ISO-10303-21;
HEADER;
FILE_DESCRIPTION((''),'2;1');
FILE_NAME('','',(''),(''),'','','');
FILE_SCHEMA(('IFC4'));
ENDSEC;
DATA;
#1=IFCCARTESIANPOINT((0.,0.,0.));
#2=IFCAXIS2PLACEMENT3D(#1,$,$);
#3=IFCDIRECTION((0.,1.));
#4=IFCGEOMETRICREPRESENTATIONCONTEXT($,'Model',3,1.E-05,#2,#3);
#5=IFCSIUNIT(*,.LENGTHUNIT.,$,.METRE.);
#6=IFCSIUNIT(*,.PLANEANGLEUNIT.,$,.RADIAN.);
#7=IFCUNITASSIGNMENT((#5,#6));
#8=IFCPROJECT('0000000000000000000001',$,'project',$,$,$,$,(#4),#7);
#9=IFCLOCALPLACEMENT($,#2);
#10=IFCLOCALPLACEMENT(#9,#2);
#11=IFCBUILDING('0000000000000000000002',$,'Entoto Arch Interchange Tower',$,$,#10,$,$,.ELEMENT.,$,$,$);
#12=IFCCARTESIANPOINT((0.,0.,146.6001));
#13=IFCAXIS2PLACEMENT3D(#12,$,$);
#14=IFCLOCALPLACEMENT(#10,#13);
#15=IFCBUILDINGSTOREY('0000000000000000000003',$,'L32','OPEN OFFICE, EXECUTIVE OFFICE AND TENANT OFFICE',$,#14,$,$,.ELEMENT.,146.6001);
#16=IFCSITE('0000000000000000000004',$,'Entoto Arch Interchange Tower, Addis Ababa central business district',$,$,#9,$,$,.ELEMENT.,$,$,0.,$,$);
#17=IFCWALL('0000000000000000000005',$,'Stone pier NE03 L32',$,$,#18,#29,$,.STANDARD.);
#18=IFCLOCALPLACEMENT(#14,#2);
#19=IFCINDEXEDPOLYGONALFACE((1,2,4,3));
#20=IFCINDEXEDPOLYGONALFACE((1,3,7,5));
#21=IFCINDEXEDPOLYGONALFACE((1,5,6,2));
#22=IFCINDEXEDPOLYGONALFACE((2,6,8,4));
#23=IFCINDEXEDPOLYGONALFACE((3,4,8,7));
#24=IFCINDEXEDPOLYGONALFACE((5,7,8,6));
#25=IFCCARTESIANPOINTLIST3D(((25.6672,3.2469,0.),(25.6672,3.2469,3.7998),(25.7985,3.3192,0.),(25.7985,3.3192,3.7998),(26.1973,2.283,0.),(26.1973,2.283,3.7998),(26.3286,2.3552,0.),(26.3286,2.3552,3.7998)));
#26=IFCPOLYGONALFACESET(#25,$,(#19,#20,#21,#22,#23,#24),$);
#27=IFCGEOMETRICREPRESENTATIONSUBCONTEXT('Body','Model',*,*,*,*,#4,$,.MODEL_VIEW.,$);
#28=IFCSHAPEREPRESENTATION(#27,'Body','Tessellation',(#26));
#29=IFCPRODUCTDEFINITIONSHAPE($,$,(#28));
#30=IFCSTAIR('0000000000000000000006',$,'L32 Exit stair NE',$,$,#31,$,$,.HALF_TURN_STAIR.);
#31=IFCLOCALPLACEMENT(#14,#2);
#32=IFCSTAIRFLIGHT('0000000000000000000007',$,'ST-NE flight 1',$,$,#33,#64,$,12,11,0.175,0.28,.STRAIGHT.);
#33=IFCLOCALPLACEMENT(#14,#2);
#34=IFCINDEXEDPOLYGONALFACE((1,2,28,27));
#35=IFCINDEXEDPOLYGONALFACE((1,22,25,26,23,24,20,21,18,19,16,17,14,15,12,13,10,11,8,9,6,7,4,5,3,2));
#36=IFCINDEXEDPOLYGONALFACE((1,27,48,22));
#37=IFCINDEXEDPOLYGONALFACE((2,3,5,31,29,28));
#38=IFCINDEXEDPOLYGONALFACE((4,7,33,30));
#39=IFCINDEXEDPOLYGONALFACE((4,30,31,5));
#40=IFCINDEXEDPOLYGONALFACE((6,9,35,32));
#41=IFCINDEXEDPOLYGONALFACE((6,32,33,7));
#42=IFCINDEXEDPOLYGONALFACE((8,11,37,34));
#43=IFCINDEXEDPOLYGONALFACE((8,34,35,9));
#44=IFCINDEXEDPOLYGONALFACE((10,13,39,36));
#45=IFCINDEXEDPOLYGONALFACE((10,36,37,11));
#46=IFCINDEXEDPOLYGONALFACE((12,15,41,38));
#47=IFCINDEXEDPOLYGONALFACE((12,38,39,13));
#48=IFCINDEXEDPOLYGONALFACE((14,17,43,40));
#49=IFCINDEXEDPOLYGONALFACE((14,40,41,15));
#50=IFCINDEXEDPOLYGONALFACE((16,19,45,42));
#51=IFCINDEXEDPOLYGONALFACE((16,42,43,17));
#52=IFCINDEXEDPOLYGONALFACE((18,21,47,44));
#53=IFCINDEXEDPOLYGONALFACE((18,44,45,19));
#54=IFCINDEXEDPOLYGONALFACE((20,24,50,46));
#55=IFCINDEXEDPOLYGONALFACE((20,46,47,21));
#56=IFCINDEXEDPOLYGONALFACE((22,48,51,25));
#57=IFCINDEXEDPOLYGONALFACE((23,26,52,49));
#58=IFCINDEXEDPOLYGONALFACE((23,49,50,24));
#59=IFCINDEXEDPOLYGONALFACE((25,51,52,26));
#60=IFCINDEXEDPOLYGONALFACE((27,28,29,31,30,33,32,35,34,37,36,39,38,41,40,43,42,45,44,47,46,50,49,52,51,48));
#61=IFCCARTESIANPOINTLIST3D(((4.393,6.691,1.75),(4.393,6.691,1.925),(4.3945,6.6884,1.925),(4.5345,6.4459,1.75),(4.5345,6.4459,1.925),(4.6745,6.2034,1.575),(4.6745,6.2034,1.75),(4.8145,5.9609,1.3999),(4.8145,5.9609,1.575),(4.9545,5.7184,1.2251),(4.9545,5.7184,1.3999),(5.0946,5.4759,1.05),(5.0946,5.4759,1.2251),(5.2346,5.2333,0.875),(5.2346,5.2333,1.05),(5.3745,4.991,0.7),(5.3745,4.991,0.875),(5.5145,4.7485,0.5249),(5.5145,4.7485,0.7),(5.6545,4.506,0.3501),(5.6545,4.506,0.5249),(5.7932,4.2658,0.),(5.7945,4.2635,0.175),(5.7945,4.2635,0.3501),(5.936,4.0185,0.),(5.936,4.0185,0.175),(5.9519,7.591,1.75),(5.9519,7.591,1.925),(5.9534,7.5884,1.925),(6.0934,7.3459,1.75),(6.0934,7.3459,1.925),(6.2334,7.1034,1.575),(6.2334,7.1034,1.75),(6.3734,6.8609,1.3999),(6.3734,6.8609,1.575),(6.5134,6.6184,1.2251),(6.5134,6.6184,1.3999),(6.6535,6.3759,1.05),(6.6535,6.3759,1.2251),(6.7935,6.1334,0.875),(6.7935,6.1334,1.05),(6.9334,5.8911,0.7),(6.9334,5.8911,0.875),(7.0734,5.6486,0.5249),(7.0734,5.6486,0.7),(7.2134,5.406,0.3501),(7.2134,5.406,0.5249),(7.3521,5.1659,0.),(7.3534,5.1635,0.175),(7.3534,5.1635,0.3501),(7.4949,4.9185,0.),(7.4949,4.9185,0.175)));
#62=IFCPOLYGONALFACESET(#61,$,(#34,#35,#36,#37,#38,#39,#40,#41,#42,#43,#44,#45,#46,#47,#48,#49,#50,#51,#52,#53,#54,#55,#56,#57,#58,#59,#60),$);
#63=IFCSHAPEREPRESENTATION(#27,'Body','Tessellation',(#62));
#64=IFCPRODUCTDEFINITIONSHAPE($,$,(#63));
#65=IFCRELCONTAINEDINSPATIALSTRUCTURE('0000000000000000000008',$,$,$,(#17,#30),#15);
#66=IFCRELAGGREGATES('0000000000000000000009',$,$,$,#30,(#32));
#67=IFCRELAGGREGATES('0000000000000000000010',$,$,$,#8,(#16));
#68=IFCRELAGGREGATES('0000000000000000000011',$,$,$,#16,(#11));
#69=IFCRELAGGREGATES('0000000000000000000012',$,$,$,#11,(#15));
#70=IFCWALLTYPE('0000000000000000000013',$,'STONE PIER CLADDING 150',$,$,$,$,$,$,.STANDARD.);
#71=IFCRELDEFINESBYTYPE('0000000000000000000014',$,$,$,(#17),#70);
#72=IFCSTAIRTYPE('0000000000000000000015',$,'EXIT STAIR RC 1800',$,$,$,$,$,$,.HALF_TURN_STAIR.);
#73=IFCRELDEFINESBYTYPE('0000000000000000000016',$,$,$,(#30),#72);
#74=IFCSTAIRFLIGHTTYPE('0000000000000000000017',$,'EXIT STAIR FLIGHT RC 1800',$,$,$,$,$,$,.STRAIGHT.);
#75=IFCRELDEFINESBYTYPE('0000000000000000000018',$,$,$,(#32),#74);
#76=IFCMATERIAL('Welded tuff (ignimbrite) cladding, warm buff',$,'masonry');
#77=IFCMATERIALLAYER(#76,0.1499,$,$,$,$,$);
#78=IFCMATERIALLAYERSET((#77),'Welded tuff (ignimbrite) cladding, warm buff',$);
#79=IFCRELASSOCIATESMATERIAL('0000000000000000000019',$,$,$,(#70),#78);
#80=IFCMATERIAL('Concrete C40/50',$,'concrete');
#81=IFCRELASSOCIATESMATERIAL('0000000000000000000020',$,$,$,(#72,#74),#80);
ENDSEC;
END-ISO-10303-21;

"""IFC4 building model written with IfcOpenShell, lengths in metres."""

from ifc_helpers import new_model, si_unit, direction, frame, frame_2d, origin, place, context, subcontext, project, spatial, polyline, rectangle, outline, extrude, material, layer, layer_set, type_object, element, aggregate, save


model = new_model("IFC4")

# Units and contexts
model_context = context("Model", 3, precision=1e-05, world=origin(), true_north=direction((0.0, 1.0)))
body_context = subcontext(model_context, "Body", "Model", "MODEL_VIEW")
ifc_project = project(units=[si_unit("LENGTHUNIT", "METRE"), si_unit("PLANEANGLEUNIT", "RADIAN")], contexts=[model_context])

# Site, building, storey
site_placement = place(None, origin())
site = spatial("IfcSite", under=ifc_project, at=site_placement, Name="Entoto Arch Interchange Tower, Addis Ababa central business district", CompositionType="ELEMENT", RefElevation=0.0)
building_placement = place(site_placement, origin())
building = spatial("IfcBuilding", under=site, at=building_placement, Name="Entoto Arch Interchange Tower", CompositionType="ELEMENT")
storey_placement = place(building_placement, frame((0.0, 0.0, 146.6001)))
storey = spatial("IfcBuildingStorey", under=building, at=storey_placement, Name="L32", Description="OPEN OFFICE, EXECUTIVE OFFICE AND TENANT OFFICE", CompositionType="ELEMENT", Elevation=146.6001)

# Shared definitions
ifc_material_1 = material(Name="Concrete C40/50", Category="concrete")

# Shared definitions
ifc_material_2 = material(Name="Welded tuff (ignimbrite) cladding, warm buff", Category="masonry")

# Wall
ifc_layer_1 = layer(ifc_material_2, 0.1499)
ifc_layer_set_1 = layer_set([ifc_layer_1], Name="Welded tuff (ignimbrite) cladding, warm buff")
wall_type_1 = type_object("IfcWallType", Name="STONE PIER CLADDING 150", PredefinedType="STANDARD", material=ifc_layer_set_1)
wall_1_placement = place(storey_placement, frame((26.2629, 2.3191, 0.0), z_axis=(0.0, 0.0, 1.0), x_axis=(-0.481851, 0.876253, 0.0)))
element("IfcWall", 1, at=wall_1_placement, inside=storey, type_object=wall_type_1, Name="Stone pier NE03 L32", PredefinedType="STANDARD", context=body_context, shape_type="SweptSolid", body=[
    extrude(rectangle(XDim=1.1001, YDim=0.1499, at=frame_2d((0.55, 0.0))), origin(), (0.0, 0.0, 1.0), 3.7998),
])

# Stair, stair flight
stair_type = type_object("IfcStairType", Name="EXIT STAIR RC 1800", PredefinedType="HALF_TURN_STAIR", material=ifc_material_1)
stair_placement = place(storey_placement, origin())
stair = element("IfcStair", 2, at=stair_placement, inside=storey, type_object=stair_type, Name="L32 Exit stair NE", PredefinedType="HALF_TURN_STAIR")
stair_flight_type = type_object("IfcStairFlightType", Name="EXIT STAIR FLIGHT RC 1800", PredefinedType="STRAIGHT", material=ifc_material_1)
stair_flight_placement = place(storey_placement, frame((6.7139, 4.4709, 0.0), z_axis=(0.0, 0.0, 1.0), x_axis=(-0.5, 0.866025, 0.0)))
stair_flight = element("IfcStairFlight", 3, at=stair_flight_placement, type_object=stair_flight_type, Name="ST-NE flight 1", NumberOfRisers=12, NumberOfTreads=11, PredefinedType="STRAIGHT", RiserHeight=0.175, TreadLength=0.28, context=body_context, shape_type="SweptSolid", body=[
    extrude(outline(polyline([(-0.0029, 0.0), (-0.0029, 0.175), (0.28, 0.175), (0.28, 0.3501), (0.5601, 0.3501), (0.5601, 0.5249), (0.8401, 0.5249), (0.8401, 0.7), (1.1201, 0.7), (1.1201, 0.875), (1.3999, 0.875), (1.3999, 1.05), (1.6799, 1.05), (1.6799, 1.2251), (1.96, 1.2251), (1.96, 1.3999), (2.24, 1.3999), (2.24, 1.575), (2.52, 1.575), (2.52, 1.75), (2.8, 1.75), (2.8, 1.925), (3.0801, 1.925), (3.083, 1.925), (3.083, 1.75), (0.2827, 0.0), (-0.0029, 0.0)])), frame((0.0, 0.8999, 0.0), z_axis=(0.0, -1.0, 0.0), x_axis=(1.0, 0.0, 0.0)), (0.0, 0.0, 1.0), 1.8),
])
aggregate(stair, [stair_flight])

save(model, "model.ifc")
